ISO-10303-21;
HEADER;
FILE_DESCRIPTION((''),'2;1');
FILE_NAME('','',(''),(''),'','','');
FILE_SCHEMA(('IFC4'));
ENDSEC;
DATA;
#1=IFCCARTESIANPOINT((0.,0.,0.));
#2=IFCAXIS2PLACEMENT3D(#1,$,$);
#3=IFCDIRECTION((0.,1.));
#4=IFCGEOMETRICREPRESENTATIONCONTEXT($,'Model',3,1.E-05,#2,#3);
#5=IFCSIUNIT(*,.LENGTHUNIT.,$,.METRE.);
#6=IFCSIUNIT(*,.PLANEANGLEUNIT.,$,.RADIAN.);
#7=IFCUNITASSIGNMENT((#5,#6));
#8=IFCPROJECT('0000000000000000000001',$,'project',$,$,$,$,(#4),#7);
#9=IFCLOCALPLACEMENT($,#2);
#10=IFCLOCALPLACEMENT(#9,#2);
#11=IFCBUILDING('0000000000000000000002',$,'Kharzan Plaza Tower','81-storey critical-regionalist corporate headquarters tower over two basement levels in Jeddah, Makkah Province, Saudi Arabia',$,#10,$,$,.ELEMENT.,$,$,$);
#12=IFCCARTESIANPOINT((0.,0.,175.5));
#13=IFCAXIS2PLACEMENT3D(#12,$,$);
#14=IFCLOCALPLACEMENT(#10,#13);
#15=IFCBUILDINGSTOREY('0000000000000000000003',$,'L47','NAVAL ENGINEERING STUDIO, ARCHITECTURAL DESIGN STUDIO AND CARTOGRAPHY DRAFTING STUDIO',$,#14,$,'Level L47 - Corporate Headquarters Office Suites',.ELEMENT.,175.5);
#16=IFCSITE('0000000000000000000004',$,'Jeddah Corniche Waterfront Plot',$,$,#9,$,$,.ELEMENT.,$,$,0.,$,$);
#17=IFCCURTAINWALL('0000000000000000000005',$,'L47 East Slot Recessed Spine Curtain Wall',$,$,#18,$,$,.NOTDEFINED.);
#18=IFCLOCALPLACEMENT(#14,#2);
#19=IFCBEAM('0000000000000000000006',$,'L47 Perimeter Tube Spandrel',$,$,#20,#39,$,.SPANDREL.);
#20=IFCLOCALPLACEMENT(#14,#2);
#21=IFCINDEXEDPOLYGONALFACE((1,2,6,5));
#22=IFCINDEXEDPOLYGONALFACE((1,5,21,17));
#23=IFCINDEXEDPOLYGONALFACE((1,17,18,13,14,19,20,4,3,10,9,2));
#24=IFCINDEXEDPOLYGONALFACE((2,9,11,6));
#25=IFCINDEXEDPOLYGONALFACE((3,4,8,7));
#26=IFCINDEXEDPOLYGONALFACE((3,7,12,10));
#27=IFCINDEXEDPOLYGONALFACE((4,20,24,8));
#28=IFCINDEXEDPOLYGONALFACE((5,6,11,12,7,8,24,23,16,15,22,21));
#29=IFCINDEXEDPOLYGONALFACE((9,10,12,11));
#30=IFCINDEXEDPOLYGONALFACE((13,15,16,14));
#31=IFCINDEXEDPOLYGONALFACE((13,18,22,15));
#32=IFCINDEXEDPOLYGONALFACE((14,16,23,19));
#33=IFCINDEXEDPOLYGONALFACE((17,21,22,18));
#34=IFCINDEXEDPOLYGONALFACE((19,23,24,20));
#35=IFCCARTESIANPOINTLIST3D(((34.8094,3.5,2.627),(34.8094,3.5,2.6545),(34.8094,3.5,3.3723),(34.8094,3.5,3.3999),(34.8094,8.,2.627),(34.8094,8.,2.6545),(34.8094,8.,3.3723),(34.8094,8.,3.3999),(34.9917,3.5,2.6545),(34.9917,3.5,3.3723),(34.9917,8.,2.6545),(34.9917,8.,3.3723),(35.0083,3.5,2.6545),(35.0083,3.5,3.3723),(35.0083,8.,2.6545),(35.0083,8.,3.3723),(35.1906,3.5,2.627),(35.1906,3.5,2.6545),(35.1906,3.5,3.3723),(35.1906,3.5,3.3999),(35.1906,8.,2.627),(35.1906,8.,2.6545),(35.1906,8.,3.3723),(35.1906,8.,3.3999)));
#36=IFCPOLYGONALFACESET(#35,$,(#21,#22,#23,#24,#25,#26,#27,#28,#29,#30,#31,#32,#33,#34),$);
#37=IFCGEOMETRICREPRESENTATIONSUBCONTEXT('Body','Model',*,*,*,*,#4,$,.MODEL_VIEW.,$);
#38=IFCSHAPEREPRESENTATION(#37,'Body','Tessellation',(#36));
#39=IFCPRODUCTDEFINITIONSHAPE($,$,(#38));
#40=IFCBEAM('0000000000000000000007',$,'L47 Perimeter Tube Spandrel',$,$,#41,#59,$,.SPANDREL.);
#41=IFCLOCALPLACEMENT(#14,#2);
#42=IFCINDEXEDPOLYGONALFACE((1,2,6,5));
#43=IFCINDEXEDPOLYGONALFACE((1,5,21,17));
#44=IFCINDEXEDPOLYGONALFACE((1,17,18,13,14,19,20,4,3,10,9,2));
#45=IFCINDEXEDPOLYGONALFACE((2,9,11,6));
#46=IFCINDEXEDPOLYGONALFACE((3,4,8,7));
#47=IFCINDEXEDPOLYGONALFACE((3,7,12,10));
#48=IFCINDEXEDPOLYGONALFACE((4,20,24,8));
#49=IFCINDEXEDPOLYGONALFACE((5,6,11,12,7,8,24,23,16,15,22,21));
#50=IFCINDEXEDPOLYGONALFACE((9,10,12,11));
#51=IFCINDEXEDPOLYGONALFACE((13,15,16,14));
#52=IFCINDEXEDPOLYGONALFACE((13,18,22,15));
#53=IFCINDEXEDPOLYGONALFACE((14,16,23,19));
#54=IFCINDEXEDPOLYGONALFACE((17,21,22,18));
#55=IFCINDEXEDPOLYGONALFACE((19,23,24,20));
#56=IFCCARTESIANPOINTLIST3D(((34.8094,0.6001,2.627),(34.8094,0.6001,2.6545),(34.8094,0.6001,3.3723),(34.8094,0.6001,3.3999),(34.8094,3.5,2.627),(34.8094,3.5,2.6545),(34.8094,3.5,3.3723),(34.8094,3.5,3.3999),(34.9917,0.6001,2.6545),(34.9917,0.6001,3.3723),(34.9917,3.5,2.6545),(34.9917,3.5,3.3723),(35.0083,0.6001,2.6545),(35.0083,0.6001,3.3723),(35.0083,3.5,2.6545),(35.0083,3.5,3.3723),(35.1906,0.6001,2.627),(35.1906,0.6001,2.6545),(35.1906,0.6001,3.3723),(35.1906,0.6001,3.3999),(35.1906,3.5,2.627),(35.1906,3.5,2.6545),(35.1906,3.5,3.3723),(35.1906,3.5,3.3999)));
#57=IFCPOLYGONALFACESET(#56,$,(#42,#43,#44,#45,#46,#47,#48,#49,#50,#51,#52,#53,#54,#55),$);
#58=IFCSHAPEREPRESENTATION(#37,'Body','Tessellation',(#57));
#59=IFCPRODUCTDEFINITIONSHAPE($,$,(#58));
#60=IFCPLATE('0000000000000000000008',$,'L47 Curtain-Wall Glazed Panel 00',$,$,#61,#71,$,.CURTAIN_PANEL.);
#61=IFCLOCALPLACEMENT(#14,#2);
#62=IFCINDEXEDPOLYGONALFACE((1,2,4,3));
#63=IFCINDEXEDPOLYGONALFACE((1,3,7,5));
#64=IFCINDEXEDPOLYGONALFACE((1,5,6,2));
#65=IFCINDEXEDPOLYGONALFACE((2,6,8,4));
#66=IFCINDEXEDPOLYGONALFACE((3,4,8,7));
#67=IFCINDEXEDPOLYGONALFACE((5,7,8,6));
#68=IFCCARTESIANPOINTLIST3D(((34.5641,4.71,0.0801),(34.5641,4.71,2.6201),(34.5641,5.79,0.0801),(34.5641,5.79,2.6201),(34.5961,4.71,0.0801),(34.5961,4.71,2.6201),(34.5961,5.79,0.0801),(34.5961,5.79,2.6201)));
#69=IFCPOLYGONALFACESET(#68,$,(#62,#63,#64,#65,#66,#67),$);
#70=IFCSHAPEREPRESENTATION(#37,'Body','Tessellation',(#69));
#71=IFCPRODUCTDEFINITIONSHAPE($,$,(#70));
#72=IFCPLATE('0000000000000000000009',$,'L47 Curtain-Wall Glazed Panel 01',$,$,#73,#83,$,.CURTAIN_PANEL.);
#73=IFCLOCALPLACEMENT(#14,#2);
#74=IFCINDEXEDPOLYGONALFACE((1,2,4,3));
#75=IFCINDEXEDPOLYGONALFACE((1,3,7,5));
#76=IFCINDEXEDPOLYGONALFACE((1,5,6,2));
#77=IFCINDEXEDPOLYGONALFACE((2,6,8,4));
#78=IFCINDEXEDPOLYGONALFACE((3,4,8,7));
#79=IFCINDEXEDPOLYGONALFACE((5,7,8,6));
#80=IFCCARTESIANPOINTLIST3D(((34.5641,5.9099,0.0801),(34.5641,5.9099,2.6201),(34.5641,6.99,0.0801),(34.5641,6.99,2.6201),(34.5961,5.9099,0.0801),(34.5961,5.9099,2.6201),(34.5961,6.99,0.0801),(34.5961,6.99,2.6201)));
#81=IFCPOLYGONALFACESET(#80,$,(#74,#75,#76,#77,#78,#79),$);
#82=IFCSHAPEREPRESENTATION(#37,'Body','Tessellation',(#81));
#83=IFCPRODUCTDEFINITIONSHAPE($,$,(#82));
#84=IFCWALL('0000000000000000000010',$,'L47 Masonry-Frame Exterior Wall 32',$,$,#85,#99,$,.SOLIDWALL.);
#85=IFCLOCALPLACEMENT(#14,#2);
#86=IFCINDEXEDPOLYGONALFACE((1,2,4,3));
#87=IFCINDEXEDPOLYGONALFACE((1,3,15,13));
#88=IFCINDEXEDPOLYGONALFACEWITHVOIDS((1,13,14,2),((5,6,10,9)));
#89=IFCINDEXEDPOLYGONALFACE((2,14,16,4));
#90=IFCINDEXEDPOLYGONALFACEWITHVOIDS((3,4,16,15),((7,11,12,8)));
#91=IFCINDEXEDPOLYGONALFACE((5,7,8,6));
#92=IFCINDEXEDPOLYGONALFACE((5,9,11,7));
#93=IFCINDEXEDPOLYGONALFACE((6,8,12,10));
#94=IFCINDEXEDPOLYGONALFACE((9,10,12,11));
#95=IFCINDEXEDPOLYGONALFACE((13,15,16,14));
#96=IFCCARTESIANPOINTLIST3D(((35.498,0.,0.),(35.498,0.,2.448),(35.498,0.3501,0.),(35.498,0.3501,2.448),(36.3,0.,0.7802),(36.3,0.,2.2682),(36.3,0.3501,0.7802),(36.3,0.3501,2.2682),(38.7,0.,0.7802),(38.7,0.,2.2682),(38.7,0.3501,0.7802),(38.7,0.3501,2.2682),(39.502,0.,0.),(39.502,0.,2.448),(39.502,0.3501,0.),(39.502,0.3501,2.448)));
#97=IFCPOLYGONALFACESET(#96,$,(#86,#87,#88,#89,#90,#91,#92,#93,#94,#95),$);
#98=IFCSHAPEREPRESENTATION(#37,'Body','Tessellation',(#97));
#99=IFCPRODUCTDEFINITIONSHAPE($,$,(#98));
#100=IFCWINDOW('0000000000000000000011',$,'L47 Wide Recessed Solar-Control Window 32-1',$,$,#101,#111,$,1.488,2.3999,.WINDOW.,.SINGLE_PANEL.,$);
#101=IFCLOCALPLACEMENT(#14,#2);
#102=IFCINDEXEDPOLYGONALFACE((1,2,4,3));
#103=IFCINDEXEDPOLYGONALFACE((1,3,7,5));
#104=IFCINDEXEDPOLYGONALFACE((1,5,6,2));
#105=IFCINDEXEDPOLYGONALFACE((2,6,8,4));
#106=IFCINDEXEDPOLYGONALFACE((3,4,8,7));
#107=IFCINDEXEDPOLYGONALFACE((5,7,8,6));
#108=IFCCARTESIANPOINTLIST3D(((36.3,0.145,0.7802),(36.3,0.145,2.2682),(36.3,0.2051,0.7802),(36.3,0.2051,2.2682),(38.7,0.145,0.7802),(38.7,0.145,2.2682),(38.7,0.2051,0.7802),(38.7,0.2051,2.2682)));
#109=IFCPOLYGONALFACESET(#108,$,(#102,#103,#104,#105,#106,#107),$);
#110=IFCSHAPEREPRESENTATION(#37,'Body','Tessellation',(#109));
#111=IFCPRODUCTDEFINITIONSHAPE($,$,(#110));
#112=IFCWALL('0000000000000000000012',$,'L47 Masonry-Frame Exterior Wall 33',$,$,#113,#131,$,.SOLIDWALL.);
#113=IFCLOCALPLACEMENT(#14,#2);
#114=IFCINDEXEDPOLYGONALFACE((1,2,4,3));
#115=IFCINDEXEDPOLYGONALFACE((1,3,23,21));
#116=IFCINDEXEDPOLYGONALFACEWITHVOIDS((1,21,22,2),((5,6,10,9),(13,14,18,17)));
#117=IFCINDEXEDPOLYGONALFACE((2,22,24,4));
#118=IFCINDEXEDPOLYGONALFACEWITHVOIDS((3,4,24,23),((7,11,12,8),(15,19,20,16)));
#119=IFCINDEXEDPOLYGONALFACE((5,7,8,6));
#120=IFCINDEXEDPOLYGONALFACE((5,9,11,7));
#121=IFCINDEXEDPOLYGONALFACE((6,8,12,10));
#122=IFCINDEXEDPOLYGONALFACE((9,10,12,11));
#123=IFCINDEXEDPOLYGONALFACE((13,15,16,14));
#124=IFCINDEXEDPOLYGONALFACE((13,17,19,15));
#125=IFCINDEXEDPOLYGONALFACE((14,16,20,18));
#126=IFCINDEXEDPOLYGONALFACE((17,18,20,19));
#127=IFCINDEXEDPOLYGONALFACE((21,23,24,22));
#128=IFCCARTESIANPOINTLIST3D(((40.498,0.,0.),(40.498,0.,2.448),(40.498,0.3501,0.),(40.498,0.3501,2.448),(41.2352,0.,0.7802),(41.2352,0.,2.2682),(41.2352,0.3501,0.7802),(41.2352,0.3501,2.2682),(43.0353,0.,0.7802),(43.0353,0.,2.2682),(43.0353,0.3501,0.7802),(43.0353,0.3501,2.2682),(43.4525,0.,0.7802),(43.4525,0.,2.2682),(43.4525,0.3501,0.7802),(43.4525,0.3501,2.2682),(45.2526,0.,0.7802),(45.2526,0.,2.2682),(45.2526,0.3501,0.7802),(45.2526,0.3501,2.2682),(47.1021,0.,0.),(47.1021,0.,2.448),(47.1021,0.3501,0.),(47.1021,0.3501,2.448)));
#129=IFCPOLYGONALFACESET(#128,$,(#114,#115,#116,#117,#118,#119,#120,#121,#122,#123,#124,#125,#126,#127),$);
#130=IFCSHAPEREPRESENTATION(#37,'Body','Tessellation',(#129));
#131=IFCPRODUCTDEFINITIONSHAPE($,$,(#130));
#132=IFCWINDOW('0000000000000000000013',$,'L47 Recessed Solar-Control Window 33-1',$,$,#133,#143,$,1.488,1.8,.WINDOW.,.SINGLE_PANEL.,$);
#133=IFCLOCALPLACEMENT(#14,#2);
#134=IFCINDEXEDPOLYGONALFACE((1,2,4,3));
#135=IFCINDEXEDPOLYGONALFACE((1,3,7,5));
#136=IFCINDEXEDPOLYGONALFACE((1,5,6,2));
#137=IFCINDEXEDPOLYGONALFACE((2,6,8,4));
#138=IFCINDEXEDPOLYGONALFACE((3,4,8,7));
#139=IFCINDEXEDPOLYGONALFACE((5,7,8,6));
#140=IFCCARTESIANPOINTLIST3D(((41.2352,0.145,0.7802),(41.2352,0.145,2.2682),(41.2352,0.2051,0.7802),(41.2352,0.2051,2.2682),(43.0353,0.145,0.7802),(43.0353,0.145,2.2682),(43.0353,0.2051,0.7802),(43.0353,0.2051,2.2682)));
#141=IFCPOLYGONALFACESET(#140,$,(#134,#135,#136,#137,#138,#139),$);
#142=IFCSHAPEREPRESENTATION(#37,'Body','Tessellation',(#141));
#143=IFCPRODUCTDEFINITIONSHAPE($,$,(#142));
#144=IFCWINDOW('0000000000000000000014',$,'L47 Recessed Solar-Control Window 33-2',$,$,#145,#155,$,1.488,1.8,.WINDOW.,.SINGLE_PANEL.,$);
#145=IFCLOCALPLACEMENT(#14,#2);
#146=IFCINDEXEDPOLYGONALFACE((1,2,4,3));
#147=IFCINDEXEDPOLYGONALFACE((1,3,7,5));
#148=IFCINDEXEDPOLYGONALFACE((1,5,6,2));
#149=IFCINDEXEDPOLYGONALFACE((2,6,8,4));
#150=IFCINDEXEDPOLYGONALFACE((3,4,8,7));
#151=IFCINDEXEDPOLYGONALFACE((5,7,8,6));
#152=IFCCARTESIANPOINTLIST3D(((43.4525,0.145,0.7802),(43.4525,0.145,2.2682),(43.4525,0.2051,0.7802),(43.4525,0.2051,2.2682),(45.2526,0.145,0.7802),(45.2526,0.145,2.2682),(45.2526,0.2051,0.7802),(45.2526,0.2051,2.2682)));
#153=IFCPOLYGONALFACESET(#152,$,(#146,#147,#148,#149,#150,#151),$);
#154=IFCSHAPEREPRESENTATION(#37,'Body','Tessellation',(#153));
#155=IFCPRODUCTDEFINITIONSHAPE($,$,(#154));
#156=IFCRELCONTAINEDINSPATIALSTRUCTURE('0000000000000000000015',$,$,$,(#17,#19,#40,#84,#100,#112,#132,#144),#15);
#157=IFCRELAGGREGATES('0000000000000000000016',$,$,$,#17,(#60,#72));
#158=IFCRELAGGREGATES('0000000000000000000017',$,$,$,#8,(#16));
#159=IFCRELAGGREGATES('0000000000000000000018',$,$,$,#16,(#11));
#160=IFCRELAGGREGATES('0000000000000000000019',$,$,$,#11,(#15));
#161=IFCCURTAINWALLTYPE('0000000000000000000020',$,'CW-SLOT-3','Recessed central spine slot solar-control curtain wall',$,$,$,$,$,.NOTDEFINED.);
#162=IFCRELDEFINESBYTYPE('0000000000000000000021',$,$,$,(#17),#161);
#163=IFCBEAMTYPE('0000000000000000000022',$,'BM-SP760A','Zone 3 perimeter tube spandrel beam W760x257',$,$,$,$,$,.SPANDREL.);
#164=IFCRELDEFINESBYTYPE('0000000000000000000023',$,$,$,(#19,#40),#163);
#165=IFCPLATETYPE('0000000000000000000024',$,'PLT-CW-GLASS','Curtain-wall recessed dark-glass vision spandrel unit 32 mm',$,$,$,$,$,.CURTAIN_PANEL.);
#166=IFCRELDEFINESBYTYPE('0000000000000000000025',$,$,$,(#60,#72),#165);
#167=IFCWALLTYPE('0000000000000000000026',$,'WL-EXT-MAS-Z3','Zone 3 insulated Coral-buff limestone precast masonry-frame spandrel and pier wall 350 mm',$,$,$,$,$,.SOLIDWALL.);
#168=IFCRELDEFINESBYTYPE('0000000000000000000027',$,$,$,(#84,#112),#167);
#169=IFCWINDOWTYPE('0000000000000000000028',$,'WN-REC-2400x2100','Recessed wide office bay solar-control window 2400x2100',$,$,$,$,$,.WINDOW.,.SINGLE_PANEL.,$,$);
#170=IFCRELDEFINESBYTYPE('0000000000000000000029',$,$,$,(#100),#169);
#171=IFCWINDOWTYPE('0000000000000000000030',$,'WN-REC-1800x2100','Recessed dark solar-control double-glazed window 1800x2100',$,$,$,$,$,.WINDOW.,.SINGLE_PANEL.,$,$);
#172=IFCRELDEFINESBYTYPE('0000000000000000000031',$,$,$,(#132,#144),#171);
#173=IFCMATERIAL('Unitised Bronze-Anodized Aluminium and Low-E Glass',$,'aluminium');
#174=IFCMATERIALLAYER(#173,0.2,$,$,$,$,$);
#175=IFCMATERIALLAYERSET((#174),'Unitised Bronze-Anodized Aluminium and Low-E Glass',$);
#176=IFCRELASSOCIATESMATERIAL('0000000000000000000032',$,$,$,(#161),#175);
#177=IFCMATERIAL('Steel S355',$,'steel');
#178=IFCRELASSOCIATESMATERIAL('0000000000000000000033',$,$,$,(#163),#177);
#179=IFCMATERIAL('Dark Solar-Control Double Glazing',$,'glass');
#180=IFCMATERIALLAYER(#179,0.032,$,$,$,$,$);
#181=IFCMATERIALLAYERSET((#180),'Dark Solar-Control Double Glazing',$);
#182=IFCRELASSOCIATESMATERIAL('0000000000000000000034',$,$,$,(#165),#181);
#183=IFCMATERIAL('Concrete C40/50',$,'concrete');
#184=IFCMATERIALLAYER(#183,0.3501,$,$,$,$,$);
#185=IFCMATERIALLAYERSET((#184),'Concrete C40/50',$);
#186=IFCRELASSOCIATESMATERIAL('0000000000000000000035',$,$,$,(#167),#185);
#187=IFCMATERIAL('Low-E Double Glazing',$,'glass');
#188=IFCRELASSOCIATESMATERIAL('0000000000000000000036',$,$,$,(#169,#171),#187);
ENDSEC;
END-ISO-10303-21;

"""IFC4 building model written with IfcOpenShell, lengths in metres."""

from ifc_helpers import new_model, si_unit, direction, frame, frame_2d, origin, origin_2d, place, context, subcontext, project, spatial, rectangle, i_section, extrude, source, transform, mapped, material, layer, layer_set, material_profile, profile_set, type_object, element, fill, aggregate, save


model = new_model("IFC4")

# Units and contexts
model_context = context("Model", 3, precision=1e-05, world=origin(), true_north=direction((0.0, 1.0)))
body_context = subcontext(model_context, "Body", "Model", "MODEL_VIEW")
ifc_project = project(units=[si_unit("LENGTHUNIT", "METRE"), si_unit("PLANEANGLEUNIT", "RADIAN")], contexts=[model_context])

# Site, building, storey
site_placement = place(None, origin())
site = spatial("IfcSite", under=ifc_project, at=site_placement, Name="Jeddah Corniche Waterfront Plot", CompositionType="ELEMENT", RefElevation=0.0)
building_placement = place(site_placement, origin())
building = spatial("IfcBuilding", under=site, at=building_placement, Name="Kharzan Plaza Tower", Description="81-storey critical-regionalist corporate headquarters tower over two basement levels in Jeddah, Makkah Province, Saudi Arabia", CompositionType="ELEMENT")
storey_placement = place(building_placement, frame((0.0, 0.0, 175.5)))
storey = spatial("IfcBuildingStorey", under=building, at=storey_placement, Name="L47", Description="NAVAL ENGINEERING STUDIO, ARCHITECTURAL DESIGN STUDIO AND CARTOGRAPHY DRAFTING STUDIO", LongName="Level L47 - Corporate Headquarters Office Suites", CompositionType="ELEMENT", Elevation=175.5)

# Shared definitions
ifc_material_1 = material(Name="Steel S355", Category="steel")

# Curtain wall
ifc_material_2 = material(Name="Unitised Bronze-Anodized Aluminium and Low-E Glass", Category="aluminium")
ifc_layer_1 = layer(ifc_material_2, 0.2)
ifc_layer_set_1 = layer_set([ifc_layer_1], Name="Unitised Bronze-Anodized Aluminium and Low-E Glass")
curtain_wall_type = type_object("IfcCurtainWallType", Name="CW-SLOT-3", Description="Recessed central spine slot solar-control curtain wall", PredefinedType="NOTDEFINED", material=ifc_layer_set_1)
curtain_wall_placement = place(storey_placement, origin())
curtain_wall = element("IfcCurtainWall", 1, at=curtain_wall_placement, inside=storey, type_object=curtain_wall_type, Name="L47 East Slot Recessed Spine Curtain Wall", PredefinedType="NOTDEFINED")

# Beams
ifc_material_profile_1 = material_profile(ifc_material_1, i_section(OverallWidth=0.3811, OverallDepth=0.7729, WebThickness=0.0166, FlangeThickness=0.0276, at=origin_2d()), Name="W760x257")
ifc_profile_set_1 = profile_set([ifc_material_profile_1], Name="Steel S355")
beam_type_1 = type_object("IfcBeamType", Name="BM-SP760A", Description="Zone 3 perimeter tube spandrel beam W760x257", PredefinedType="SPANDREL", material=ifc_profile_set_1)
shared_shape_1 = source(origin(), body_context, "Body", "SweptSolid", [
    extrude(i_section(OverallWidth=0.3811, OverallDepth=0.7729, WebThickness=0.0166, FlangeThickness=0.0276, at=origin_2d()), origin(), (0.0, 0.0, 1.0), 4.5),
])
beam_1_placement = place(storey_placement, frame((35.0, 3.5, 3.0134), z_axis=(0.0, 1.0, 0.0), x_axis=(-1.0, 0.0, 0.0)))
element("IfcBeam", 2, at=beam_1_placement, inside=storey, type_object=beam_type_1, Name="L47 Perimeter Tube Spandrel", PredefinedType="SPANDREL", context=body_context, shape_type="MappedRepresentation", body=[
    mapped(shared_shape_1, transform((0.0, 0.0, 0.0), x_axis=(1.0, 0.0, 0.0), y_axis=(0.0, 1.0, 0.0), z_axis=(0.0, 0.0, 1.0))),
])
shared_shape_2 = source(origin(), body_context, "Body", "SweptSolid", [
    extrude(i_section(OverallWidth=0.3811, OverallDepth=0.7729, WebThickness=0.0166, FlangeThickness=0.0276, at=origin_2d()), origin(), (0.0, 0.0, 1.0), 2.8999),
])
beam_2_placement = place(storey_placement, frame((35.0, 0.6001, 3.0134), z_axis=(0.0, 1.0, 0.0), x_axis=(-1.0, 0.0, 0.0)))
element("IfcBeam", 3, at=beam_2_placement, inside=storey, type_object=beam_type_1, Name="L47 Perimeter Tube Spandrel", PredefinedType="SPANDREL", context=body_context, shape_type="MappedRepresentation", body=[
    mapped(shared_shape_2, transform((0.0, 0.0, 0.0), x_axis=(1.0, 0.0, 0.0), y_axis=(0.0, 1.0, 0.0), z_axis=(0.0, 0.0, 1.0))),
])

# Plates
ifc_material_3 = material(Name="Dark Solar-Control Double Glazing", Category="glass")
ifc_layer_2 = layer(ifc_material_3, 0.032)
ifc_layer_set_2 = layer_set([ifc_layer_2], Name="Dark Solar-Control Double Glazing")
plate_type = type_object("IfcPlateType", Name="PLT-CW-GLASS", Description="Curtain-wall recessed dark-glass vision spandrel unit 32 mm", PredefinedType="CURTAIN_PANEL", material=ifc_layer_set_2)
shared_shape_3 = source(origin(), body_context, "Body", "SweptSolid", [
    extrude(rectangle(XDim=1.0801, YDim=0.032, at=origin_2d()), origin(), (0.0, 0.0, 1.0), 2.54),
])
plate_1_placement = place(storey_placement, frame((34.5801, 5.25, 0.0801), z_axis=(0.0, 0.0, 1.0), x_axis=(0.0, 1.0, 0.0)))
plate_1 = element("IfcPlate", 4, at=plate_1_placement, type_object=plate_type, Name="L47 Curtain-Wall Glazed Panel 00", PredefinedType="CURTAIN_PANEL", context=body_context, shape_type="MappedRepresentation", body=[
    mapped(shared_shape_3, transform((0.0, 0.0, 0.0), x_axis=(1.0, 0.0, 0.0), y_axis=(0.0, 1.0, 0.0), z_axis=(0.0, 0.0, 1.0))),
])
plate_2_placement = place(storey_placement, frame((34.5801, 6.45, 0.0801), z_axis=(0.0, 0.0, 1.0), x_axis=(0.0, 1.0, 0.0)))
plate_2 = element("IfcPlate", 5, at=plate_2_placement, type_object=plate_type, Name="L47 Curtain-Wall Glazed Panel 01", PredefinedType="CURTAIN_PANEL", context=body_context, shape_type="MappedRepresentation", body=[
    mapped(shared_shape_3, transform((0.0, 0.0, 0.0), x_axis=(1.0, 0.0, 0.0), y_axis=(0.0, 1.0, 0.0), z_axis=(0.0, 0.0, 1.0))),
])
aggregate(curtain_wall, [plate_1, plate_2])

# Wall, opening, window
ifc_material_4 = material(Name="Concrete C40/50", Category="concrete")
ifc_layer_3 = layer(ifc_material_4, 0.3501)
ifc_layer_set_3 = layer_set([ifc_layer_3], Name="Concrete C40/50")
wall_type_1 = type_object("IfcWallType", Name="WL-EXT-MAS-Z3", Description="Zone 3 insulated Coral-buff limestone precast masonry-frame spandrel and pier wall 350 mm", PredefinedType="SOLIDWALL", material=ifc_layer_set_3)
wall_1_placement = place(storey_placement, frame((35.498, 0.175, 0.0), z_axis=(0.0, 0.0, 1.0), x_axis=(1.0, 0.0, 0.0)))
wall_1 = element("IfcWall", 6, at=wall_1_placement, inside=storey, type_object=wall_type_1, Name="L47 Masonry-Frame Exterior Wall 32", PredefinedType="SOLIDWALL", context=body_context, shape_type="SweptSolid", body=[
    extrude(rectangle(XDim=4.0039, YDim=0.3501, at=frame_2d((2.002, 0.0))), origin(), (0.0, 0.0, 1.0), 2.448),
])
opening_1_placement = place(wall_1_placement, frame((0.802, 0.0, 0.78)))
opening_1 = element("IfcOpeningElement", 7, at=opening_1_placement, cuts=wall_1, PredefinedType="OPENING", context=body_context, shape_type="SweptSolid", body=[
    extrude(rectangle(XDim=2.3999, YDim=1.488, at=frame_2d((1.2, 0.7441))), frame((0.0, 0.1851, 0.0), z_axis=(0.0, -1.0, 0.0), x_axis=(1.0, 0.0, 0.0)), (0.0, 0.0, 1.0), 0.3701),
])
ifc_material_5 = material(Name="Low-E Double Glazing", Category="glass")
window_type_1 = type_object("IfcWindowType", Name="WN-REC-2400x2100", Description="Recessed wide office bay solar-control window 2400x2100", PartitioningType="SINGLE_PANEL", PredefinedType="WINDOW", material=ifc_material_5)
shared_shape_4 = source(origin(), body_context, "Body", "SweptSolid", [
    extrude(rectangle(XDim=2.3999, YDim=1.488, at=frame_2d((1.2, 0.7441))), frame((0.0, 0.03, 0.0), z_axis=(0.0, -1.0, 0.0), x_axis=(1.0, 0.0, 0.0)), (0.0, 0.0, 1.0), 0.0601),
])
window_1_placement = place(opening_1_placement, origin())
window_1 = element("IfcWindow", 8, at=window_1_placement, inside=storey, type_object=window_type_1, Name="L47 Wide Recessed Solar-Control Window 32-1", OverallHeight=1.488, OverallWidth=2.3999, PartitioningType="SINGLE_PANEL", PredefinedType="WINDOW", context=body_context, shape_type="MappedRepresentation", body=[
    mapped(shared_shape_4, transform((0.0, 0.0, 0.0), x_axis=(1.0, 0.0, 0.0), y_axis=(0.0, 1.0, 0.0), z_axis=(0.0, 0.0, 1.0))),
])
fill(opening_1, window_1)

# Wall, openings, windows
wall_2_placement = place(storey_placement, frame((40.498, 0.175, 0.0), z_axis=(0.0, 0.0, 1.0), x_axis=(1.0, 0.0, 0.0)))
wall_2 = element("IfcWall", 9, at=wall_2_placement, inside=storey, type_object=wall_type_1, Name="L47 Masonry-Frame Exterior Wall 33", PredefinedType="SOLIDWALL", context=body_context, shape_type="SweptSolid", body=[
    extrude(rectangle(XDim=6.604, YDim=0.3501, at=frame_2d((3.302, 0.0))), origin(), (0.0, 0.0, 1.0), 2.448),
])
opening_2_placement = place(wall_2_placement, frame((0.7373, 0.0, 0.78)))
opening_2 = element("IfcOpeningElement", 10, at=opening_2_placement, cuts=wall_2, PredefinedType="OPENING", context=body_context, shape_type="SweptSolid", body=[
    extrude(rectangle(XDim=1.8, YDim=1.488, at=frame_2d((0.8999, 0.7441))), frame((0.0, 0.1851, 0.0), z_axis=(0.0, -1.0, 0.0), x_axis=(1.0, 0.0, 0.0)), (0.0, 0.0, 1.0), 0.3701),
])
opening_3_placement = place(wall_2_placement, frame((2.9546, 0.0, 0.78)))
opening_3 = element("IfcOpeningElement", 11, at=opening_3_placement, cuts=wall_2, PredefinedType="OPENING", context=body_context, shape_type="SweptSolid", body=[
    extrude(rectangle(XDim=1.8, YDim=1.488, at=frame_2d((0.8999, 0.7441))), frame((0.0, 0.1851, 0.0), z_axis=(0.0, -1.0, 0.0), x_axis=(1.0, 0.0, 0.0)), (0.0, 0.0, 1.0), 0.3701),
])
window_type_2 = type_object("IfcWindowType", Name="WN-REC-1800x2100", Description="Recessed dark solar-control double-glazed window 1800x2100", PartitioningType="SINGLE_PANEL", PredefinedType="WINDOW", material=ifc_material_5)
shared_shape_5 = source(origin(), body_context, "Body", "SweptSolid", [
    extrude(rectangle(XDim=1.8, YDim=1.488, at=frame_2d((0.8999, 0.7441))), frame((0.0, 0.03, 0.0), z_axis=(0.0, -1.0, 0.0), x_axis=(1.0, 0.0, 0.0)), (0.0, 0.0, 1.0), 0.0601),
])
window_2_placement = place(opening_2_placement, origin())
window_2 = element("IfcWindow", 12, at=window_2_placement, inside=storey, type_object=window_type_2, Name="L47 Recessed Solar-Control Window 33-1", OverallHeight=1.488, OverallWidth=1.8, PartitioningType="SINGLE_PANEL", PredefinedType="WINDOW", context=body_context, shape_type="MappedRepresentation", body=[
    mapped(shared_shape_5, transform((0.0, 0.0, 0.0), x_axis=(1.0, 0.0, 0.0), y_axis=(0.0, 1.0, 0.0), z_axis=(0.0, 0.0, 1.0))),
])
fill(opening_2, window_2)
window_3_placement = place(opening_3_placement, origin())
window_3 = element("IfcWindow", 13, at=window_3_placement, inside=storey, type_object=window_type_2, Name="L47 Recessed Solar-Control Window 33-2", OverallHeight=1.488, OverallWidth=1.8, PartitioningType="SINGLE_PANEL", PredefinedType="WINDOW", context=body_context, shape_type="MappedRepresentation", body=[
    mapped(shared_shape_5, transform((0.0, 0.0, 0.0), x_axis=(1.0, 0.0, 0.0), y_axis=(0.0, 1.0, 0.0), z_axis=(0.0, 0.0, 1.0))),
])
fill(opening_3, window_3)

save(model, "model.ifc")
